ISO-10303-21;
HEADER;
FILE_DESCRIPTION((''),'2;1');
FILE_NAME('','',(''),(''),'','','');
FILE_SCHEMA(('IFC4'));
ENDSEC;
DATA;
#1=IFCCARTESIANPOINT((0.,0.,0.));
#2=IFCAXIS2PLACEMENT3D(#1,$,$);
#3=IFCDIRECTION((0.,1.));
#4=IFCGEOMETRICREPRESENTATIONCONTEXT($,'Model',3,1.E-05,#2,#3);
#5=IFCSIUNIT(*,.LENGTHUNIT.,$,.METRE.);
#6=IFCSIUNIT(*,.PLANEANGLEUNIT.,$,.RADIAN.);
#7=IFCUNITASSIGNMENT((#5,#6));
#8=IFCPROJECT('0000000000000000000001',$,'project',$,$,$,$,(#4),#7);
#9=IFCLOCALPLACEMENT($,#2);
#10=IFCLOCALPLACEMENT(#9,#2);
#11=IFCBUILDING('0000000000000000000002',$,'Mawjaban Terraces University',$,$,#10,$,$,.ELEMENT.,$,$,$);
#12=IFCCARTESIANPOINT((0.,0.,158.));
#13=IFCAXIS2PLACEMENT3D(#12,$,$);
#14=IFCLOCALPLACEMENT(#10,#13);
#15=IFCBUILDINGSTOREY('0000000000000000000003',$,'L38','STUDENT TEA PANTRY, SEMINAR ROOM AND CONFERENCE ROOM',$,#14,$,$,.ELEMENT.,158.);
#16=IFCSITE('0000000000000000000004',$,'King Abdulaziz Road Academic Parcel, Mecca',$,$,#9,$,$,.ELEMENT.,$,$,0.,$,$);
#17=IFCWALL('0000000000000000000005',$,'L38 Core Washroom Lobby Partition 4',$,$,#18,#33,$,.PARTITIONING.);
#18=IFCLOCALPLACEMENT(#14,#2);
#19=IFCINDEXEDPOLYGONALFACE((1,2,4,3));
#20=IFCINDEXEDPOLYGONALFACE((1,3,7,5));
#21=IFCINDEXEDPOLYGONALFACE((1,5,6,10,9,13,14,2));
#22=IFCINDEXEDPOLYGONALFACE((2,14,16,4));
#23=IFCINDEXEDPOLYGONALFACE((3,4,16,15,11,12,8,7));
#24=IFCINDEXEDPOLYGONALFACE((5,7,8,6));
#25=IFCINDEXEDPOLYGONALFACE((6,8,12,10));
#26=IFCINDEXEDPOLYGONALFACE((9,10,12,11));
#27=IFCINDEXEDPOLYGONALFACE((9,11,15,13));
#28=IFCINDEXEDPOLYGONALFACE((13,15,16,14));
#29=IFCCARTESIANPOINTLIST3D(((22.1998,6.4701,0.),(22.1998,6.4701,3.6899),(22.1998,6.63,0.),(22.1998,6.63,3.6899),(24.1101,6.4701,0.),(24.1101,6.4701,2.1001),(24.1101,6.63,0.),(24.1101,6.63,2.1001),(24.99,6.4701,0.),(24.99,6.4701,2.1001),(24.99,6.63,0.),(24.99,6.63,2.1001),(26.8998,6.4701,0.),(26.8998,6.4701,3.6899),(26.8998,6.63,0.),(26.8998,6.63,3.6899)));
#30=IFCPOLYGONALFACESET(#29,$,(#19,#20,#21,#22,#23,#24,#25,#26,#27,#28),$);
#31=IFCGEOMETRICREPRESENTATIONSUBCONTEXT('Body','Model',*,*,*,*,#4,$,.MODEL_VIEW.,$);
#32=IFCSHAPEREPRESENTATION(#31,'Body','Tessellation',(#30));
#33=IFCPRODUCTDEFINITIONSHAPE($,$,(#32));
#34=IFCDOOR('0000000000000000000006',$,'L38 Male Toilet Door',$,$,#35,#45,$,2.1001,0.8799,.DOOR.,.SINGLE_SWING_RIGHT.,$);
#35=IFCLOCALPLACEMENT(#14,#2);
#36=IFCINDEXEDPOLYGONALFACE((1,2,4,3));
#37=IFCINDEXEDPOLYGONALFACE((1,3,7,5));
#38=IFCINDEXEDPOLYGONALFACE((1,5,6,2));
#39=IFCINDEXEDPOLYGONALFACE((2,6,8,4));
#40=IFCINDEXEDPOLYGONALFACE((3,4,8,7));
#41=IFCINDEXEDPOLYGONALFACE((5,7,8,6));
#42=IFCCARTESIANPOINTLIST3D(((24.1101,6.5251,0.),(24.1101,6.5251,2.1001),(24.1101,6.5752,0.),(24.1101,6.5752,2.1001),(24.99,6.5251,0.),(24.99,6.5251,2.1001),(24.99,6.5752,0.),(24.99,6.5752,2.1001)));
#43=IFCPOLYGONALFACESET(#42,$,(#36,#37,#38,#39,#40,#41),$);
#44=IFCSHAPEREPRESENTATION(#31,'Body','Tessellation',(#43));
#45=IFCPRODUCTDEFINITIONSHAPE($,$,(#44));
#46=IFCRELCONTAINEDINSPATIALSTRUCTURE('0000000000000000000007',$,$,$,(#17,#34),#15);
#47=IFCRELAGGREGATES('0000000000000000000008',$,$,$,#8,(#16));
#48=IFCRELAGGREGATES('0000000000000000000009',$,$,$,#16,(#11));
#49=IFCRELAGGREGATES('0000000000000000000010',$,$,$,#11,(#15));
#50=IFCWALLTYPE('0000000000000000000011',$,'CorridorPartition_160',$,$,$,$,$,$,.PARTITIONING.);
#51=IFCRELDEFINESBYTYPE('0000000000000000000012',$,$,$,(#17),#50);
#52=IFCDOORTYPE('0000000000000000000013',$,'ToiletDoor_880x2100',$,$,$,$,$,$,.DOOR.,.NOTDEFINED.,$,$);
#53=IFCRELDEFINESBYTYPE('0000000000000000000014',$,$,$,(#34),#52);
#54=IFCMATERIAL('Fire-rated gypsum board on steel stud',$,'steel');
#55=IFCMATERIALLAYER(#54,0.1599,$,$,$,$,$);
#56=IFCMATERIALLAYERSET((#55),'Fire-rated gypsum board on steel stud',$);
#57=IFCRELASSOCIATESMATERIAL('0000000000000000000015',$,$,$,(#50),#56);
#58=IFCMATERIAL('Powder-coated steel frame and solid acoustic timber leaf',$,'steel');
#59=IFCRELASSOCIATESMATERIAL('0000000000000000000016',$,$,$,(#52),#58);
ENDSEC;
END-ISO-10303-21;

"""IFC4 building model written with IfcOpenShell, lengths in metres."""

from ifc_helpers import new_model, si_unit, direction, frame, frame_2d, origin, place, context, subcontext, project, spatial, rectangle, extrude, material, layer, layer_set, type_object, element, fill, save


model = new_model("IFC4")

# Units and contexts
model_context = context("Model", 3, precision=1e-05, world=origin(), true_north=direction((0.0, 1.0)))
body_context = subcontext(model_context, "Body", "Model", "MODEL_VIEW")
ifc_project = project(units=[si_unit("LENGTHUNIT", "METRE"), si_unit("PLANEANGLEUNIT", "RADIAN")], contexts=[model_context])

# Site, building, storey
site_placement = place(None, origin())
site = spatial("IfcSite", under=ifc_project, at=site_placement, Name="King Abdulaziz Road Academic Parcel, Mecca", CompositionType="ELEMENT", RefElevation=0.0)
building_placement = place(site_placement, origin())
building = spatial("IfcBuilding", under=site, at=building_placement, Name="Mawjaban Terraces University", CompositionType="ELEMENT")
storey_placement = place(building_placement, frame((0.0, 0.0, 158.0)))
storey = spatial("IfcBuildingStorey", under=building, at=storey_placement, Name="L38", Description="STUDENT TEA PANTRY, SEMINAR ROOM AND CONFERENCE ROOM", CompositionType="ELEMENT", Elevation=158.0)

# Wall, opening, door
ifc_material_1 = material(Name="Fire-rated gypsum board on steel stud", Category="steel")
ifc_layer_1 = layer(ifc_material_1, 0.1599)
ifc_layer_set_1 = layer_set([ifc_layer_1], Name="Fire-rated gypsum board on steel stud")
wall_type_1 = type_object("IfcWallType", Name="CorridorPartition_160", PredefinedType="PARTITIONING", material=ifc_layer_set_1)
wall_1_placement = place(storey_placement, frame((26.8999, 6.55, 0.0), z_axis=(0.0, 0.0, 1.0), x_axis=(-1.0, 0.0, 0.0)))
wall_1 = element("IfcWall", 1, at=wall_1_placement, inside=storey, type_object=wall_type_1, Name="L38 Core Washroom Lobby Partition 4", PredefinedType="PARTITIONING", context=body_context, shape_type="SweptSolid", body=[
    extrude(rectangle(XDim=4.7, YDim=0.1599, at=frame_2d((2.3501, 0.0))), origin(), (0.0, 0.0, 1.0), 3.6899),
])
opening_1_placement = place(wall_1_placement, frame((1.9099, 0.0, 0.0)))
opening_1 = element("IfcOpeningElement", 2, at=opening_1_placement, cuts=wall_1, PredefinedType="OPENING", context=body_context, shape_type="SweptSolid", body=[
    extrude(rectangle(XDim=0.8799, YDim=2.1001, at=frame_2d((0.4399, 1.05))), frame((0.0, 0.0898, 0.0), z_axis=(0.0, -1.0, 0.0), x_axis=(1.0, 0.0, 0.0)), (0.0, 0.0, 1.0), 0.1799),
])
ifc_material_2 = material(Name="Powder-coated steel frame and solid acoustic timber leaf", Category="steel")
door_type = type_object("IfcDoorType", Name="ToiletDoor_880x2100", OperationType="NOTDEFINED", PredefinedType="DOOR", material=ifc_material_2)
door_placement = place(opening_1_placement, origin())
door = element("IfcDoor", 3, at=door_placement, inside=storey, type_object=door_type, Name="L38 Male Toilet Door", OperationType="SINGLE_SWING_RIGHT", OverallHeight=2.1001, OverallWidth=0.8799, PredefinedType="DOOR", context=body_context, shape_type="SweptSolid", body=[
    extrude(rectangle(XDim=0.8799, YDim=2.1001, at=frame_2d((0.4399, 1.05))), frame((0.0, 0.0249, 0.0), z_axis=(0.0, -1.0, 0.0), x_axis=(1.0, 0.0, 0.0)), (0.0, 0.0, 1.0), 0.05),
])
fill(opening_1, door)

save(model, "model.ifc")
